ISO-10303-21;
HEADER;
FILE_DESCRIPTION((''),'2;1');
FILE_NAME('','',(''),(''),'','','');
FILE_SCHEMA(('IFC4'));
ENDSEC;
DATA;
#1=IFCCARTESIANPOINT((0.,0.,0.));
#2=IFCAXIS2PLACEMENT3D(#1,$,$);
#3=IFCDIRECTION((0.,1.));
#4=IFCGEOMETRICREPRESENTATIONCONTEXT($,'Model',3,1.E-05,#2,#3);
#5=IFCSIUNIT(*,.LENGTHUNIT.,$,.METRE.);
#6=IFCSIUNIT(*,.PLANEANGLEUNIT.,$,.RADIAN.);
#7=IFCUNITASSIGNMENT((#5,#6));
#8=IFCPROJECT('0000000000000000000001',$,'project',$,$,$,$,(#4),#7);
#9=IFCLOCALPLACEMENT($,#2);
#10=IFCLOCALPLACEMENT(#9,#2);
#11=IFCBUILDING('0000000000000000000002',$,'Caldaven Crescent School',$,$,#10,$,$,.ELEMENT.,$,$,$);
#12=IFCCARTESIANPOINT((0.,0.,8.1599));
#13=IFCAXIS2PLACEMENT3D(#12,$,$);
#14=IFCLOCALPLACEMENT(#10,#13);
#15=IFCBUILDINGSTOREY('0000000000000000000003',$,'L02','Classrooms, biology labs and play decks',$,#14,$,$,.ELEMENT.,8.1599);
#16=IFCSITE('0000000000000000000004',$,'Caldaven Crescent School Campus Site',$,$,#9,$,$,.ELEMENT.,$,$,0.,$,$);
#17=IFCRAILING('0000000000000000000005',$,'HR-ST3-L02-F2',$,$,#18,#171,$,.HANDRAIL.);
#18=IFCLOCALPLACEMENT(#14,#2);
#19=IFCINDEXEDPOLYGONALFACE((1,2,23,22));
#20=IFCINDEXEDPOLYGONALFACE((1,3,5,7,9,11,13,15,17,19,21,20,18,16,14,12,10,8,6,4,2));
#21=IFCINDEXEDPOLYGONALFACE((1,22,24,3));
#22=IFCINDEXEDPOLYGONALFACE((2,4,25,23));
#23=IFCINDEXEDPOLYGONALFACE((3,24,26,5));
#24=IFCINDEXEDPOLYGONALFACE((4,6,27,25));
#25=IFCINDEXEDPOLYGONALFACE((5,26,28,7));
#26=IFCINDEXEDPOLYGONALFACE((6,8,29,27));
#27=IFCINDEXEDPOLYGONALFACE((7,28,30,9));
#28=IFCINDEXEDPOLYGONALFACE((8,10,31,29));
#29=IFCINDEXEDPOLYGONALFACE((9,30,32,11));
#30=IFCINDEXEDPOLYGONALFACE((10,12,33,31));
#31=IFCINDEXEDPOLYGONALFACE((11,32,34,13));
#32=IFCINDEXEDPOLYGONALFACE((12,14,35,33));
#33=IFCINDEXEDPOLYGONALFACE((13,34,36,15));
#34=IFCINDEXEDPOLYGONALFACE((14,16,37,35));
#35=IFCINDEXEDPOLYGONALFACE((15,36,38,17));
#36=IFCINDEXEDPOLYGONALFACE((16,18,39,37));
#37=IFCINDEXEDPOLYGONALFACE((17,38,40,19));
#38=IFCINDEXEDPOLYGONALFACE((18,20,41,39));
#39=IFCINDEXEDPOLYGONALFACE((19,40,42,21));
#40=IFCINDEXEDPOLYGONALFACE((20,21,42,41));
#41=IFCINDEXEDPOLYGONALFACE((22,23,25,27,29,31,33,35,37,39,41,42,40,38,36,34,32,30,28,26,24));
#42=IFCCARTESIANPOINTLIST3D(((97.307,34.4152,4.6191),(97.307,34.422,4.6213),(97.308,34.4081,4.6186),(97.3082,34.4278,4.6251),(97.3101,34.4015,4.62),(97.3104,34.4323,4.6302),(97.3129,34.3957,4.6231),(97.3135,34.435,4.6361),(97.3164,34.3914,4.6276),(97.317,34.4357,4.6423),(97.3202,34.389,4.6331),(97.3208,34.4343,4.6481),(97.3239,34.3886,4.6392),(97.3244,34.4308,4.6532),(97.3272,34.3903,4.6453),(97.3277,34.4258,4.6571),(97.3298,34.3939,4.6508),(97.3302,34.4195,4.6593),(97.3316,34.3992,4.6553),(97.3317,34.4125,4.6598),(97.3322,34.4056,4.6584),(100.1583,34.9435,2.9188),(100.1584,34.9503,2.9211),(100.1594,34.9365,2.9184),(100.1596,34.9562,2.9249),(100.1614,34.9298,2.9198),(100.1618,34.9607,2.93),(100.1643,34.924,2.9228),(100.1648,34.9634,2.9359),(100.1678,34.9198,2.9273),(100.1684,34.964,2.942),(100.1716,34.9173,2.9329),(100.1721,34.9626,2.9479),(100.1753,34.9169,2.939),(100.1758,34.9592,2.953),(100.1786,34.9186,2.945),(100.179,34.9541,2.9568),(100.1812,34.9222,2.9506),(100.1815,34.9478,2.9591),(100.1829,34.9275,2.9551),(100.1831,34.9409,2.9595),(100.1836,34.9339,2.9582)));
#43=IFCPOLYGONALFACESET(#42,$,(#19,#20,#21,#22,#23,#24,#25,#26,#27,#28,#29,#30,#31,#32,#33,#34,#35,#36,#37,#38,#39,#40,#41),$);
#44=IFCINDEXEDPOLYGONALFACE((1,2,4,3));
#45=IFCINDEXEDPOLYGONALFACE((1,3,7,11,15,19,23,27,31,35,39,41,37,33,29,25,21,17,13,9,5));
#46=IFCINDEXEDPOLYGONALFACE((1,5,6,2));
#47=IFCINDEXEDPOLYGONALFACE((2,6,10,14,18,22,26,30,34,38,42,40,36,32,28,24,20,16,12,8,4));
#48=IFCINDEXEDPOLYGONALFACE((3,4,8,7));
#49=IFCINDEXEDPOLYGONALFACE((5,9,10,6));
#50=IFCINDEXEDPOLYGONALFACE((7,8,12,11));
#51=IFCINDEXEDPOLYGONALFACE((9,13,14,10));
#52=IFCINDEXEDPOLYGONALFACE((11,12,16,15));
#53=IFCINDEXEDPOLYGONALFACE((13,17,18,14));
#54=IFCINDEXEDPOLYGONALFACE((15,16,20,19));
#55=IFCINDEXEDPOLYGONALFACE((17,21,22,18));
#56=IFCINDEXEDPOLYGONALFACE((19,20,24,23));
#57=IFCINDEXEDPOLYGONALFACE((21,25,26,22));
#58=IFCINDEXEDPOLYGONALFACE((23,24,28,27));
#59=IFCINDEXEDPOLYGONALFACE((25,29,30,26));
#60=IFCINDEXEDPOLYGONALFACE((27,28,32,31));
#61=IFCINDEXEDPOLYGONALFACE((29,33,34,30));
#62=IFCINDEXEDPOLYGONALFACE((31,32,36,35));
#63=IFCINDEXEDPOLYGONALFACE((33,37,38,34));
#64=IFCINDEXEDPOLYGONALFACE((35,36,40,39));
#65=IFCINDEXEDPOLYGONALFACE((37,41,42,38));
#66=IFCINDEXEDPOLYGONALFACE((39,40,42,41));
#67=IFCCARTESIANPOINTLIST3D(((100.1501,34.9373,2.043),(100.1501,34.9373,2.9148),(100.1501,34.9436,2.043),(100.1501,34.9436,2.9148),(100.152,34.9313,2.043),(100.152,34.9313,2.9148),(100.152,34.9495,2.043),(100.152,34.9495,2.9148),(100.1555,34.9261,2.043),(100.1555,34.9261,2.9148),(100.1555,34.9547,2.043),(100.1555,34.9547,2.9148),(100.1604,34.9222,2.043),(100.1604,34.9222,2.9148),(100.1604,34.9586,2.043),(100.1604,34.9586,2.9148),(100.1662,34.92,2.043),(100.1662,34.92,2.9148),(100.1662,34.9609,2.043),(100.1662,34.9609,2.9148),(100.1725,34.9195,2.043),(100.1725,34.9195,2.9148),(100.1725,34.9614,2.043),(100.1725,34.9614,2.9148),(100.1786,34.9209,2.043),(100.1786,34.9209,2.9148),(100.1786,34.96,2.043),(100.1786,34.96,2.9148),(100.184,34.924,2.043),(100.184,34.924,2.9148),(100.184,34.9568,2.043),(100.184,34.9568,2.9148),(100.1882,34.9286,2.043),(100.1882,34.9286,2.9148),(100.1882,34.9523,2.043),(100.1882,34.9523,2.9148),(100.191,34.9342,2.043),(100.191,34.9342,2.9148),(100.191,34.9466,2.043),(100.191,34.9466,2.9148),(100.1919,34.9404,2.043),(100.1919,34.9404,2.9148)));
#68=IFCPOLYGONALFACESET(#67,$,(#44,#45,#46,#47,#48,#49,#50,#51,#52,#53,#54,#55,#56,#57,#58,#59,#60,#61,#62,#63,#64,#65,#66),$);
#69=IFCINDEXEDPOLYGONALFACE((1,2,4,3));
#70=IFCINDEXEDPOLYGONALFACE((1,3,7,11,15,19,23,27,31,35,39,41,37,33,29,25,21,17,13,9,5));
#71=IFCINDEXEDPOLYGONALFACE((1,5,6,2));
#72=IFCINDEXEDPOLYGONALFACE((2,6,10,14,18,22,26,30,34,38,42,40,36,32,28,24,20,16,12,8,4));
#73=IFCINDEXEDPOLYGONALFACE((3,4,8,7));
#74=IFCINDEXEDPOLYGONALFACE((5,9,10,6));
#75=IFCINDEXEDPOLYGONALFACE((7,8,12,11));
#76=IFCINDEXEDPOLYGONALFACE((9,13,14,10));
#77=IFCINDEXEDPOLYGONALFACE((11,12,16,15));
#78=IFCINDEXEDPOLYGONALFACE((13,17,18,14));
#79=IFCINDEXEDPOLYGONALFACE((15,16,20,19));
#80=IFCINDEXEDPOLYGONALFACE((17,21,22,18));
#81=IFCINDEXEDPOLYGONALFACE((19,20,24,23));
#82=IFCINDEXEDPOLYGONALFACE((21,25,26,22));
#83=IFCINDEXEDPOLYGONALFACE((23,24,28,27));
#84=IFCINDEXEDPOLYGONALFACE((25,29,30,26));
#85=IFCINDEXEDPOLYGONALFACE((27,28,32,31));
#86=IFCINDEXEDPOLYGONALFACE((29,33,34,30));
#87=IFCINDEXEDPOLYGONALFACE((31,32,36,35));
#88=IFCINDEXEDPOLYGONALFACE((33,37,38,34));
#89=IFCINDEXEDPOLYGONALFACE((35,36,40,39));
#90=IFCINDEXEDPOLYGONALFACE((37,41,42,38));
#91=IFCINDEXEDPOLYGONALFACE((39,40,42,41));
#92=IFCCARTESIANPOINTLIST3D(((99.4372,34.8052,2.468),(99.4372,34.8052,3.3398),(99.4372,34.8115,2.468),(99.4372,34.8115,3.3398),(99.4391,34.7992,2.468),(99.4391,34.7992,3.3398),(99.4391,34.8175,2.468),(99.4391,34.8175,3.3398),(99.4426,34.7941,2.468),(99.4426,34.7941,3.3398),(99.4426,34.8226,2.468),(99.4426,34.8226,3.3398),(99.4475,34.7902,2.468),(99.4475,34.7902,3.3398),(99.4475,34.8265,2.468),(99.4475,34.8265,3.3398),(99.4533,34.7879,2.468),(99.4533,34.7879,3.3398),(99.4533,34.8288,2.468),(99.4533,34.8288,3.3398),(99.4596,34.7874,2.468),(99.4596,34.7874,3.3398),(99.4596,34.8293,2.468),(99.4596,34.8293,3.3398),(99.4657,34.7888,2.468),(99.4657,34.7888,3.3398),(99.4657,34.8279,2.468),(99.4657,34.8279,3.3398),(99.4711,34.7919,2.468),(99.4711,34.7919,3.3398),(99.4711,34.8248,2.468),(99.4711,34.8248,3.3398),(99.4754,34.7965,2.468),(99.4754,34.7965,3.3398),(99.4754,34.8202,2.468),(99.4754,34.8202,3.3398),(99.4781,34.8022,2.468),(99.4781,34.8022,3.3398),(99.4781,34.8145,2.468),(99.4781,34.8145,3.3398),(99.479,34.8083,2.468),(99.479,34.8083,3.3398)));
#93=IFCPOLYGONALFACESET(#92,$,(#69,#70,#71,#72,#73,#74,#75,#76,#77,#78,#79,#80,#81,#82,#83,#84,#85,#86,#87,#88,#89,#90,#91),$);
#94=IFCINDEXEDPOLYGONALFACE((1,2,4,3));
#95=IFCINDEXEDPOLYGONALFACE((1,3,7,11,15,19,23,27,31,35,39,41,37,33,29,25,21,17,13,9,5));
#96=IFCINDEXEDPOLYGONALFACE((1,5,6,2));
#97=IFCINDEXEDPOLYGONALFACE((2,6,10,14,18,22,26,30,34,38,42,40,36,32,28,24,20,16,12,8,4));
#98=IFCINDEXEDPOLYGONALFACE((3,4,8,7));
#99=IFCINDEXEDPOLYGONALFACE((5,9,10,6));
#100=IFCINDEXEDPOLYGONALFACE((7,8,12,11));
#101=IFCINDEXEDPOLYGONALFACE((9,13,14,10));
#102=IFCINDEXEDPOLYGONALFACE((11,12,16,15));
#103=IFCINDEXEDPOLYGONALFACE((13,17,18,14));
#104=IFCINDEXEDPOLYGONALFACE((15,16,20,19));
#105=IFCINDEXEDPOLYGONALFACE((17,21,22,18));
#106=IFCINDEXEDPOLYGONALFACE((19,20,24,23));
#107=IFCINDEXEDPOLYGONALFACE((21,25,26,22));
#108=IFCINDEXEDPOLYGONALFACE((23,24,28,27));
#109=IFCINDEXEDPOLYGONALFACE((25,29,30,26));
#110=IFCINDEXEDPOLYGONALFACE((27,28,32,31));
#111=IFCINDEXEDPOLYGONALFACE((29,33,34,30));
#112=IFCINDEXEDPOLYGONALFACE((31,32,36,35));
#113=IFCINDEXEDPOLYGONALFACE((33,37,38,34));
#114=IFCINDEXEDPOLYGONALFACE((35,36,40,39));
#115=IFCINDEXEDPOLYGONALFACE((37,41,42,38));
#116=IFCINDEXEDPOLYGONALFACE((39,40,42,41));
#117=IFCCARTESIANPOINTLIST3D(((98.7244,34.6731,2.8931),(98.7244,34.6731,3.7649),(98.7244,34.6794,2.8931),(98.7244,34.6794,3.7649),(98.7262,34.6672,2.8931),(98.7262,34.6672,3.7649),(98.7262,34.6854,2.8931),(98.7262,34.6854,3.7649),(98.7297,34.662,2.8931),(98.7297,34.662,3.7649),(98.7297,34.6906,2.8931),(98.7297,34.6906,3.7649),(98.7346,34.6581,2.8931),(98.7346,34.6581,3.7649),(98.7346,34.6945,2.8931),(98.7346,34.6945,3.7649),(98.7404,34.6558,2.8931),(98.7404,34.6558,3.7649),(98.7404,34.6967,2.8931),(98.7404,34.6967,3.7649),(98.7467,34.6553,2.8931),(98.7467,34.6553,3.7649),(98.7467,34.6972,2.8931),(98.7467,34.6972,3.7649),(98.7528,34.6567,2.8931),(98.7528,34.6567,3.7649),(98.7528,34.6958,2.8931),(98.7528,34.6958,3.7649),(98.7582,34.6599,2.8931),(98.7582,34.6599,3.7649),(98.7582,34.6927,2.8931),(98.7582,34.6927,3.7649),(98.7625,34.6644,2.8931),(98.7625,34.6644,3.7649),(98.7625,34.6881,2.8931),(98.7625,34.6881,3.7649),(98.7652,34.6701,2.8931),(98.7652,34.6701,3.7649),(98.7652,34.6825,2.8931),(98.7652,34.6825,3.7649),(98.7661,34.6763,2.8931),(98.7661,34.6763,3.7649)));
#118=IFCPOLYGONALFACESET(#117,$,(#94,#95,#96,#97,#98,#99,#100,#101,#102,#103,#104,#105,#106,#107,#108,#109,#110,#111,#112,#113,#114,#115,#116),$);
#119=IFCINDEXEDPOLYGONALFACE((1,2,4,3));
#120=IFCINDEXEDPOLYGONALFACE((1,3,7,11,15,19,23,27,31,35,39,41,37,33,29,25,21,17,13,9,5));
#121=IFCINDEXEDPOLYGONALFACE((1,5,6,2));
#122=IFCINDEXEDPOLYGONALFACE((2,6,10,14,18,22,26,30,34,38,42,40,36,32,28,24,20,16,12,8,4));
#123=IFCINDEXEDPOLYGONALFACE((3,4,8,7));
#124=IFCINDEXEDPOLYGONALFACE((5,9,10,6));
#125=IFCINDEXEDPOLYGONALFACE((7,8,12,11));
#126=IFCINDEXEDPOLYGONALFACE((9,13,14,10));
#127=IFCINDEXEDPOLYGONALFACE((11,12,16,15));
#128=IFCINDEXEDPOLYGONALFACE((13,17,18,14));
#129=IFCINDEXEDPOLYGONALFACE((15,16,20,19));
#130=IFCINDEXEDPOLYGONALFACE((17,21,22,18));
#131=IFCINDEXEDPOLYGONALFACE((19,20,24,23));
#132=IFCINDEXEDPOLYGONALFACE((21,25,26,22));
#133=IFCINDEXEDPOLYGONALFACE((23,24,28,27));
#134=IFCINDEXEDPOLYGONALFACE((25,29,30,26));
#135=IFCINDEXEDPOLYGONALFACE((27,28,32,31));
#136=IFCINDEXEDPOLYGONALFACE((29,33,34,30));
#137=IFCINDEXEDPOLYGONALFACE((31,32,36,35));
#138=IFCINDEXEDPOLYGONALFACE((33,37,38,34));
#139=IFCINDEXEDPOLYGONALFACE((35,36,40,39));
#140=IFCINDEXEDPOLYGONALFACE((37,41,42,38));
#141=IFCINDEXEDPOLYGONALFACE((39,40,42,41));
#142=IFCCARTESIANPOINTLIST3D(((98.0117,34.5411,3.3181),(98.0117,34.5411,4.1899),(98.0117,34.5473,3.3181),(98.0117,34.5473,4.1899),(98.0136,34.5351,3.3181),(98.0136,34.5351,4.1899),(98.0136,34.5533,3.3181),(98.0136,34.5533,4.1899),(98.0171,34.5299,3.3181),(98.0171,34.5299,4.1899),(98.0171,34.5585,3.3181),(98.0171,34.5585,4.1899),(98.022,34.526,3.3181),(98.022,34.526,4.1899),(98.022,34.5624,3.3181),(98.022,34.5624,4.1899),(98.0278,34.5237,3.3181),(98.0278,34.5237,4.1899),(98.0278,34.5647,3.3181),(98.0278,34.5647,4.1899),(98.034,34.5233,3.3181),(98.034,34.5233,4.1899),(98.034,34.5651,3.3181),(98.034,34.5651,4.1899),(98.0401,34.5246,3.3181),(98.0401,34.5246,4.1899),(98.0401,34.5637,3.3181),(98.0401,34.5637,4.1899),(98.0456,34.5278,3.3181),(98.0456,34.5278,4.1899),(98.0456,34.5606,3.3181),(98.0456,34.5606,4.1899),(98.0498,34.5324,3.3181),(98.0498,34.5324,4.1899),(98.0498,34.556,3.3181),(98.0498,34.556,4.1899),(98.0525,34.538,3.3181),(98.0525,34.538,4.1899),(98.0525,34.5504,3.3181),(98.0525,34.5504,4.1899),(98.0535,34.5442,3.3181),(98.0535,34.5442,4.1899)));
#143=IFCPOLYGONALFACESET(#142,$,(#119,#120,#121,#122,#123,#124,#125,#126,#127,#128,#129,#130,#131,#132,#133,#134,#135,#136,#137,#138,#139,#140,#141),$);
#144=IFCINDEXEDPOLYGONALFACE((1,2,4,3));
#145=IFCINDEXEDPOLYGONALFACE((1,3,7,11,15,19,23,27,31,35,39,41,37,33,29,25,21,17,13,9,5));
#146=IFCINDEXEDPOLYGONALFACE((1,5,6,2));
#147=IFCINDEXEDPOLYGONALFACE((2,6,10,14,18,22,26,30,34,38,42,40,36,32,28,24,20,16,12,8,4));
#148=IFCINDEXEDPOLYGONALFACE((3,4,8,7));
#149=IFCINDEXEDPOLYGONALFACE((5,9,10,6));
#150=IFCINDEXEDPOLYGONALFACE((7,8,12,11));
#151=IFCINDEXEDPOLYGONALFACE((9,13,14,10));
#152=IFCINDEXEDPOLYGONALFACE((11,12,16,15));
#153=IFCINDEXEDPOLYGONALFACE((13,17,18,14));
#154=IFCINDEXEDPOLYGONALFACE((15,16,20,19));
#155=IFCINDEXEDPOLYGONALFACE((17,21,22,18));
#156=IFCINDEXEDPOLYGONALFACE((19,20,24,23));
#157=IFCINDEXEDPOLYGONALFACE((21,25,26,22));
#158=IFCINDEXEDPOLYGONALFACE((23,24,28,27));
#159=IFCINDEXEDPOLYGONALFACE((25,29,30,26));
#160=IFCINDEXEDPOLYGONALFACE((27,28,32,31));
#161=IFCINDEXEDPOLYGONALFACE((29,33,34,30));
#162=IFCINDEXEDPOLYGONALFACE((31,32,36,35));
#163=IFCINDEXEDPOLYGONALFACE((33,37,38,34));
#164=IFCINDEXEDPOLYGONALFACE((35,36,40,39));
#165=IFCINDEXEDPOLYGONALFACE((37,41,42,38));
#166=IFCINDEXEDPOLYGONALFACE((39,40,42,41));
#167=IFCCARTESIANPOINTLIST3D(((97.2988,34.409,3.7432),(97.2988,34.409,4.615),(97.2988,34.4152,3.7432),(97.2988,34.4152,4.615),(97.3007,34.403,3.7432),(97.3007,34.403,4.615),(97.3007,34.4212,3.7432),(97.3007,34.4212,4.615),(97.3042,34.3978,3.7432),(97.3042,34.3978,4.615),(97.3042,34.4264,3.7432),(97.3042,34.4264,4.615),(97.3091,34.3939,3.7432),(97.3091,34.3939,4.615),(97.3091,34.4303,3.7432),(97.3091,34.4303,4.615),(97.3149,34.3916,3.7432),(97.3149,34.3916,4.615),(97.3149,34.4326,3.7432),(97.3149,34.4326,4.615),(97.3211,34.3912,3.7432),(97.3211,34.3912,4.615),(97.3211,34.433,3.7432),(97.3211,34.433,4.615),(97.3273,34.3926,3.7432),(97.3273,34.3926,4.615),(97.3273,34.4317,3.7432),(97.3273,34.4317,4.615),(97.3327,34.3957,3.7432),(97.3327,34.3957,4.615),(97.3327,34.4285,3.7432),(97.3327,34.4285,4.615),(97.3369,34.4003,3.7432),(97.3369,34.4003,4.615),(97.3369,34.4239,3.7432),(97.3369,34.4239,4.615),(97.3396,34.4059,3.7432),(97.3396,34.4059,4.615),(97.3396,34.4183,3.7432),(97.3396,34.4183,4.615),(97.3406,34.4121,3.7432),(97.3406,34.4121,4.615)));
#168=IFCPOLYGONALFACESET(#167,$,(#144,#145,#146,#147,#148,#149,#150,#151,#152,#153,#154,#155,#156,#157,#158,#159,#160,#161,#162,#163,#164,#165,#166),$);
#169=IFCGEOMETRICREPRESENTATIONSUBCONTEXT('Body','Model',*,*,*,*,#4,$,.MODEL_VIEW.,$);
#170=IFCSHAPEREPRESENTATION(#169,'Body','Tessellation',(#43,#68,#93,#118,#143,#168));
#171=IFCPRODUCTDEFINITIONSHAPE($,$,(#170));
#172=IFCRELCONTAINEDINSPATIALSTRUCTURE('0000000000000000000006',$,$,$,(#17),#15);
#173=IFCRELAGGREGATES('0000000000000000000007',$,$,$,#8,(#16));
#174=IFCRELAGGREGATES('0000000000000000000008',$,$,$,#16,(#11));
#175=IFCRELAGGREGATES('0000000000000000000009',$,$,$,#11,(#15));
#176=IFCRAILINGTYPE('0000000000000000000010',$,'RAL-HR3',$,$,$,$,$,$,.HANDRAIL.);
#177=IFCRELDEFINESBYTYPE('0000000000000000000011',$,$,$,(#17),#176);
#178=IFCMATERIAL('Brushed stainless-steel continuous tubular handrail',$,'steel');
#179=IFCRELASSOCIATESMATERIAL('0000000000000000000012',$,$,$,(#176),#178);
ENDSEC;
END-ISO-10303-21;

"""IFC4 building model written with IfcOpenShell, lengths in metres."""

from ifc_helpers import new_model, si_unit, direction, frame, origin, origin_2d, place, context, subcontext, project, spatial, circle, extrude, material, type_object, element, save


model = new_model("IFC4")

# Units and contexts
model_context = context("Model", 3, precision=1e-05, world=origin(), true_north=direction((0.0, 1.0)))
body_context = subcontext(model_context, "Body", "Model", "MODEL_VIEW")
ifc_project = project(units=[si_unit("LENGTHUNIT", "METRE"), si_unit("PLANEANGLEUNIT", "RADIAN")], contexts=[model_context])

# Site, building, storey
site_placement = place(None, origin())
site = spatial("IfcSite", under=ifc_project, at=site_placement, Name="Caldaven Crescent School Campus Site", CompositionType="ELEMENT", RefElevation=0.0)
building_placement = place(site_placement, origin())
building = spatial("IfcBuilding", under=site, at=building_placement, Name="Caldaven Crescent School", CompositionType="ELEMENT")
storey_placement = place(building_placement, frame((0.0, 0.0, 8.1599)))
storey = spatial("IfcBuildingStorey", under=building, at=storey_placement, Name="L02", Description="Classrooms, biology labs and play decks", CompositionType="ELEMENT", Elevation=8.1599)

# Railing
ifc_material_1 = material(Name="Brushed stainless-steel continuous tubular handrail", Category="steel")
railing_type_1 = type_object("IfcRailingType", Name="RAL-HR3", PredefinedType="HANDRAIL", material=ifc_material_1)
railing_1_placement = place(storey_placement, frame((100.1709, 34.9404, 2.043)))
element("IfcRailing", 1, at=railing_1_placement, inside=storey, type_object=railing_type_1, Name="HR-ST3-L02-F2", PredefinedType="HANDRAIL", context=body_context, shape_type="SweptSolid", body=[
    extrude(circle(Radius=0.0239, at=origin_2d()), frame((0.0, 0.0, 0.896), z_axis=(-0.848223, -0.157167, 0.505782), x_axis=(0.182189, -0.983264, 0.0)), (0.0, 0.0, 1.0), 3.3616),
    extrude(circle(Radius=0.021, at=origin_2d()), origin(), (0.0, 0.0, 1.0), 0.8718),
    extrude(circle(Radius=0.021, at=origin_2d()), frame((-0.7129, -0.1321, 0.425)), (0.0, 0.0, 1.0), 0.8718),
    extrude(circle(Radius=0.021, at=origin_2d()), frame((-1.4258, -0.2642, 0.8501)), (0.0, 0.0, 1.0), 0.8718),
    extrude(circle(Radius=0.021, at=origin_2d()), frame((-2.1384, -0.3962, 1.2751)), (0.0, 0.0, 1.0), 0.8718),
    extrude(circle(Radius=0.021, at=origin_2d()), frame((-2.8513, -0.5283, 1.7002)), (0.0, 0.0, 1.0), 0.8718),
])

save(model, "model.ifc")
